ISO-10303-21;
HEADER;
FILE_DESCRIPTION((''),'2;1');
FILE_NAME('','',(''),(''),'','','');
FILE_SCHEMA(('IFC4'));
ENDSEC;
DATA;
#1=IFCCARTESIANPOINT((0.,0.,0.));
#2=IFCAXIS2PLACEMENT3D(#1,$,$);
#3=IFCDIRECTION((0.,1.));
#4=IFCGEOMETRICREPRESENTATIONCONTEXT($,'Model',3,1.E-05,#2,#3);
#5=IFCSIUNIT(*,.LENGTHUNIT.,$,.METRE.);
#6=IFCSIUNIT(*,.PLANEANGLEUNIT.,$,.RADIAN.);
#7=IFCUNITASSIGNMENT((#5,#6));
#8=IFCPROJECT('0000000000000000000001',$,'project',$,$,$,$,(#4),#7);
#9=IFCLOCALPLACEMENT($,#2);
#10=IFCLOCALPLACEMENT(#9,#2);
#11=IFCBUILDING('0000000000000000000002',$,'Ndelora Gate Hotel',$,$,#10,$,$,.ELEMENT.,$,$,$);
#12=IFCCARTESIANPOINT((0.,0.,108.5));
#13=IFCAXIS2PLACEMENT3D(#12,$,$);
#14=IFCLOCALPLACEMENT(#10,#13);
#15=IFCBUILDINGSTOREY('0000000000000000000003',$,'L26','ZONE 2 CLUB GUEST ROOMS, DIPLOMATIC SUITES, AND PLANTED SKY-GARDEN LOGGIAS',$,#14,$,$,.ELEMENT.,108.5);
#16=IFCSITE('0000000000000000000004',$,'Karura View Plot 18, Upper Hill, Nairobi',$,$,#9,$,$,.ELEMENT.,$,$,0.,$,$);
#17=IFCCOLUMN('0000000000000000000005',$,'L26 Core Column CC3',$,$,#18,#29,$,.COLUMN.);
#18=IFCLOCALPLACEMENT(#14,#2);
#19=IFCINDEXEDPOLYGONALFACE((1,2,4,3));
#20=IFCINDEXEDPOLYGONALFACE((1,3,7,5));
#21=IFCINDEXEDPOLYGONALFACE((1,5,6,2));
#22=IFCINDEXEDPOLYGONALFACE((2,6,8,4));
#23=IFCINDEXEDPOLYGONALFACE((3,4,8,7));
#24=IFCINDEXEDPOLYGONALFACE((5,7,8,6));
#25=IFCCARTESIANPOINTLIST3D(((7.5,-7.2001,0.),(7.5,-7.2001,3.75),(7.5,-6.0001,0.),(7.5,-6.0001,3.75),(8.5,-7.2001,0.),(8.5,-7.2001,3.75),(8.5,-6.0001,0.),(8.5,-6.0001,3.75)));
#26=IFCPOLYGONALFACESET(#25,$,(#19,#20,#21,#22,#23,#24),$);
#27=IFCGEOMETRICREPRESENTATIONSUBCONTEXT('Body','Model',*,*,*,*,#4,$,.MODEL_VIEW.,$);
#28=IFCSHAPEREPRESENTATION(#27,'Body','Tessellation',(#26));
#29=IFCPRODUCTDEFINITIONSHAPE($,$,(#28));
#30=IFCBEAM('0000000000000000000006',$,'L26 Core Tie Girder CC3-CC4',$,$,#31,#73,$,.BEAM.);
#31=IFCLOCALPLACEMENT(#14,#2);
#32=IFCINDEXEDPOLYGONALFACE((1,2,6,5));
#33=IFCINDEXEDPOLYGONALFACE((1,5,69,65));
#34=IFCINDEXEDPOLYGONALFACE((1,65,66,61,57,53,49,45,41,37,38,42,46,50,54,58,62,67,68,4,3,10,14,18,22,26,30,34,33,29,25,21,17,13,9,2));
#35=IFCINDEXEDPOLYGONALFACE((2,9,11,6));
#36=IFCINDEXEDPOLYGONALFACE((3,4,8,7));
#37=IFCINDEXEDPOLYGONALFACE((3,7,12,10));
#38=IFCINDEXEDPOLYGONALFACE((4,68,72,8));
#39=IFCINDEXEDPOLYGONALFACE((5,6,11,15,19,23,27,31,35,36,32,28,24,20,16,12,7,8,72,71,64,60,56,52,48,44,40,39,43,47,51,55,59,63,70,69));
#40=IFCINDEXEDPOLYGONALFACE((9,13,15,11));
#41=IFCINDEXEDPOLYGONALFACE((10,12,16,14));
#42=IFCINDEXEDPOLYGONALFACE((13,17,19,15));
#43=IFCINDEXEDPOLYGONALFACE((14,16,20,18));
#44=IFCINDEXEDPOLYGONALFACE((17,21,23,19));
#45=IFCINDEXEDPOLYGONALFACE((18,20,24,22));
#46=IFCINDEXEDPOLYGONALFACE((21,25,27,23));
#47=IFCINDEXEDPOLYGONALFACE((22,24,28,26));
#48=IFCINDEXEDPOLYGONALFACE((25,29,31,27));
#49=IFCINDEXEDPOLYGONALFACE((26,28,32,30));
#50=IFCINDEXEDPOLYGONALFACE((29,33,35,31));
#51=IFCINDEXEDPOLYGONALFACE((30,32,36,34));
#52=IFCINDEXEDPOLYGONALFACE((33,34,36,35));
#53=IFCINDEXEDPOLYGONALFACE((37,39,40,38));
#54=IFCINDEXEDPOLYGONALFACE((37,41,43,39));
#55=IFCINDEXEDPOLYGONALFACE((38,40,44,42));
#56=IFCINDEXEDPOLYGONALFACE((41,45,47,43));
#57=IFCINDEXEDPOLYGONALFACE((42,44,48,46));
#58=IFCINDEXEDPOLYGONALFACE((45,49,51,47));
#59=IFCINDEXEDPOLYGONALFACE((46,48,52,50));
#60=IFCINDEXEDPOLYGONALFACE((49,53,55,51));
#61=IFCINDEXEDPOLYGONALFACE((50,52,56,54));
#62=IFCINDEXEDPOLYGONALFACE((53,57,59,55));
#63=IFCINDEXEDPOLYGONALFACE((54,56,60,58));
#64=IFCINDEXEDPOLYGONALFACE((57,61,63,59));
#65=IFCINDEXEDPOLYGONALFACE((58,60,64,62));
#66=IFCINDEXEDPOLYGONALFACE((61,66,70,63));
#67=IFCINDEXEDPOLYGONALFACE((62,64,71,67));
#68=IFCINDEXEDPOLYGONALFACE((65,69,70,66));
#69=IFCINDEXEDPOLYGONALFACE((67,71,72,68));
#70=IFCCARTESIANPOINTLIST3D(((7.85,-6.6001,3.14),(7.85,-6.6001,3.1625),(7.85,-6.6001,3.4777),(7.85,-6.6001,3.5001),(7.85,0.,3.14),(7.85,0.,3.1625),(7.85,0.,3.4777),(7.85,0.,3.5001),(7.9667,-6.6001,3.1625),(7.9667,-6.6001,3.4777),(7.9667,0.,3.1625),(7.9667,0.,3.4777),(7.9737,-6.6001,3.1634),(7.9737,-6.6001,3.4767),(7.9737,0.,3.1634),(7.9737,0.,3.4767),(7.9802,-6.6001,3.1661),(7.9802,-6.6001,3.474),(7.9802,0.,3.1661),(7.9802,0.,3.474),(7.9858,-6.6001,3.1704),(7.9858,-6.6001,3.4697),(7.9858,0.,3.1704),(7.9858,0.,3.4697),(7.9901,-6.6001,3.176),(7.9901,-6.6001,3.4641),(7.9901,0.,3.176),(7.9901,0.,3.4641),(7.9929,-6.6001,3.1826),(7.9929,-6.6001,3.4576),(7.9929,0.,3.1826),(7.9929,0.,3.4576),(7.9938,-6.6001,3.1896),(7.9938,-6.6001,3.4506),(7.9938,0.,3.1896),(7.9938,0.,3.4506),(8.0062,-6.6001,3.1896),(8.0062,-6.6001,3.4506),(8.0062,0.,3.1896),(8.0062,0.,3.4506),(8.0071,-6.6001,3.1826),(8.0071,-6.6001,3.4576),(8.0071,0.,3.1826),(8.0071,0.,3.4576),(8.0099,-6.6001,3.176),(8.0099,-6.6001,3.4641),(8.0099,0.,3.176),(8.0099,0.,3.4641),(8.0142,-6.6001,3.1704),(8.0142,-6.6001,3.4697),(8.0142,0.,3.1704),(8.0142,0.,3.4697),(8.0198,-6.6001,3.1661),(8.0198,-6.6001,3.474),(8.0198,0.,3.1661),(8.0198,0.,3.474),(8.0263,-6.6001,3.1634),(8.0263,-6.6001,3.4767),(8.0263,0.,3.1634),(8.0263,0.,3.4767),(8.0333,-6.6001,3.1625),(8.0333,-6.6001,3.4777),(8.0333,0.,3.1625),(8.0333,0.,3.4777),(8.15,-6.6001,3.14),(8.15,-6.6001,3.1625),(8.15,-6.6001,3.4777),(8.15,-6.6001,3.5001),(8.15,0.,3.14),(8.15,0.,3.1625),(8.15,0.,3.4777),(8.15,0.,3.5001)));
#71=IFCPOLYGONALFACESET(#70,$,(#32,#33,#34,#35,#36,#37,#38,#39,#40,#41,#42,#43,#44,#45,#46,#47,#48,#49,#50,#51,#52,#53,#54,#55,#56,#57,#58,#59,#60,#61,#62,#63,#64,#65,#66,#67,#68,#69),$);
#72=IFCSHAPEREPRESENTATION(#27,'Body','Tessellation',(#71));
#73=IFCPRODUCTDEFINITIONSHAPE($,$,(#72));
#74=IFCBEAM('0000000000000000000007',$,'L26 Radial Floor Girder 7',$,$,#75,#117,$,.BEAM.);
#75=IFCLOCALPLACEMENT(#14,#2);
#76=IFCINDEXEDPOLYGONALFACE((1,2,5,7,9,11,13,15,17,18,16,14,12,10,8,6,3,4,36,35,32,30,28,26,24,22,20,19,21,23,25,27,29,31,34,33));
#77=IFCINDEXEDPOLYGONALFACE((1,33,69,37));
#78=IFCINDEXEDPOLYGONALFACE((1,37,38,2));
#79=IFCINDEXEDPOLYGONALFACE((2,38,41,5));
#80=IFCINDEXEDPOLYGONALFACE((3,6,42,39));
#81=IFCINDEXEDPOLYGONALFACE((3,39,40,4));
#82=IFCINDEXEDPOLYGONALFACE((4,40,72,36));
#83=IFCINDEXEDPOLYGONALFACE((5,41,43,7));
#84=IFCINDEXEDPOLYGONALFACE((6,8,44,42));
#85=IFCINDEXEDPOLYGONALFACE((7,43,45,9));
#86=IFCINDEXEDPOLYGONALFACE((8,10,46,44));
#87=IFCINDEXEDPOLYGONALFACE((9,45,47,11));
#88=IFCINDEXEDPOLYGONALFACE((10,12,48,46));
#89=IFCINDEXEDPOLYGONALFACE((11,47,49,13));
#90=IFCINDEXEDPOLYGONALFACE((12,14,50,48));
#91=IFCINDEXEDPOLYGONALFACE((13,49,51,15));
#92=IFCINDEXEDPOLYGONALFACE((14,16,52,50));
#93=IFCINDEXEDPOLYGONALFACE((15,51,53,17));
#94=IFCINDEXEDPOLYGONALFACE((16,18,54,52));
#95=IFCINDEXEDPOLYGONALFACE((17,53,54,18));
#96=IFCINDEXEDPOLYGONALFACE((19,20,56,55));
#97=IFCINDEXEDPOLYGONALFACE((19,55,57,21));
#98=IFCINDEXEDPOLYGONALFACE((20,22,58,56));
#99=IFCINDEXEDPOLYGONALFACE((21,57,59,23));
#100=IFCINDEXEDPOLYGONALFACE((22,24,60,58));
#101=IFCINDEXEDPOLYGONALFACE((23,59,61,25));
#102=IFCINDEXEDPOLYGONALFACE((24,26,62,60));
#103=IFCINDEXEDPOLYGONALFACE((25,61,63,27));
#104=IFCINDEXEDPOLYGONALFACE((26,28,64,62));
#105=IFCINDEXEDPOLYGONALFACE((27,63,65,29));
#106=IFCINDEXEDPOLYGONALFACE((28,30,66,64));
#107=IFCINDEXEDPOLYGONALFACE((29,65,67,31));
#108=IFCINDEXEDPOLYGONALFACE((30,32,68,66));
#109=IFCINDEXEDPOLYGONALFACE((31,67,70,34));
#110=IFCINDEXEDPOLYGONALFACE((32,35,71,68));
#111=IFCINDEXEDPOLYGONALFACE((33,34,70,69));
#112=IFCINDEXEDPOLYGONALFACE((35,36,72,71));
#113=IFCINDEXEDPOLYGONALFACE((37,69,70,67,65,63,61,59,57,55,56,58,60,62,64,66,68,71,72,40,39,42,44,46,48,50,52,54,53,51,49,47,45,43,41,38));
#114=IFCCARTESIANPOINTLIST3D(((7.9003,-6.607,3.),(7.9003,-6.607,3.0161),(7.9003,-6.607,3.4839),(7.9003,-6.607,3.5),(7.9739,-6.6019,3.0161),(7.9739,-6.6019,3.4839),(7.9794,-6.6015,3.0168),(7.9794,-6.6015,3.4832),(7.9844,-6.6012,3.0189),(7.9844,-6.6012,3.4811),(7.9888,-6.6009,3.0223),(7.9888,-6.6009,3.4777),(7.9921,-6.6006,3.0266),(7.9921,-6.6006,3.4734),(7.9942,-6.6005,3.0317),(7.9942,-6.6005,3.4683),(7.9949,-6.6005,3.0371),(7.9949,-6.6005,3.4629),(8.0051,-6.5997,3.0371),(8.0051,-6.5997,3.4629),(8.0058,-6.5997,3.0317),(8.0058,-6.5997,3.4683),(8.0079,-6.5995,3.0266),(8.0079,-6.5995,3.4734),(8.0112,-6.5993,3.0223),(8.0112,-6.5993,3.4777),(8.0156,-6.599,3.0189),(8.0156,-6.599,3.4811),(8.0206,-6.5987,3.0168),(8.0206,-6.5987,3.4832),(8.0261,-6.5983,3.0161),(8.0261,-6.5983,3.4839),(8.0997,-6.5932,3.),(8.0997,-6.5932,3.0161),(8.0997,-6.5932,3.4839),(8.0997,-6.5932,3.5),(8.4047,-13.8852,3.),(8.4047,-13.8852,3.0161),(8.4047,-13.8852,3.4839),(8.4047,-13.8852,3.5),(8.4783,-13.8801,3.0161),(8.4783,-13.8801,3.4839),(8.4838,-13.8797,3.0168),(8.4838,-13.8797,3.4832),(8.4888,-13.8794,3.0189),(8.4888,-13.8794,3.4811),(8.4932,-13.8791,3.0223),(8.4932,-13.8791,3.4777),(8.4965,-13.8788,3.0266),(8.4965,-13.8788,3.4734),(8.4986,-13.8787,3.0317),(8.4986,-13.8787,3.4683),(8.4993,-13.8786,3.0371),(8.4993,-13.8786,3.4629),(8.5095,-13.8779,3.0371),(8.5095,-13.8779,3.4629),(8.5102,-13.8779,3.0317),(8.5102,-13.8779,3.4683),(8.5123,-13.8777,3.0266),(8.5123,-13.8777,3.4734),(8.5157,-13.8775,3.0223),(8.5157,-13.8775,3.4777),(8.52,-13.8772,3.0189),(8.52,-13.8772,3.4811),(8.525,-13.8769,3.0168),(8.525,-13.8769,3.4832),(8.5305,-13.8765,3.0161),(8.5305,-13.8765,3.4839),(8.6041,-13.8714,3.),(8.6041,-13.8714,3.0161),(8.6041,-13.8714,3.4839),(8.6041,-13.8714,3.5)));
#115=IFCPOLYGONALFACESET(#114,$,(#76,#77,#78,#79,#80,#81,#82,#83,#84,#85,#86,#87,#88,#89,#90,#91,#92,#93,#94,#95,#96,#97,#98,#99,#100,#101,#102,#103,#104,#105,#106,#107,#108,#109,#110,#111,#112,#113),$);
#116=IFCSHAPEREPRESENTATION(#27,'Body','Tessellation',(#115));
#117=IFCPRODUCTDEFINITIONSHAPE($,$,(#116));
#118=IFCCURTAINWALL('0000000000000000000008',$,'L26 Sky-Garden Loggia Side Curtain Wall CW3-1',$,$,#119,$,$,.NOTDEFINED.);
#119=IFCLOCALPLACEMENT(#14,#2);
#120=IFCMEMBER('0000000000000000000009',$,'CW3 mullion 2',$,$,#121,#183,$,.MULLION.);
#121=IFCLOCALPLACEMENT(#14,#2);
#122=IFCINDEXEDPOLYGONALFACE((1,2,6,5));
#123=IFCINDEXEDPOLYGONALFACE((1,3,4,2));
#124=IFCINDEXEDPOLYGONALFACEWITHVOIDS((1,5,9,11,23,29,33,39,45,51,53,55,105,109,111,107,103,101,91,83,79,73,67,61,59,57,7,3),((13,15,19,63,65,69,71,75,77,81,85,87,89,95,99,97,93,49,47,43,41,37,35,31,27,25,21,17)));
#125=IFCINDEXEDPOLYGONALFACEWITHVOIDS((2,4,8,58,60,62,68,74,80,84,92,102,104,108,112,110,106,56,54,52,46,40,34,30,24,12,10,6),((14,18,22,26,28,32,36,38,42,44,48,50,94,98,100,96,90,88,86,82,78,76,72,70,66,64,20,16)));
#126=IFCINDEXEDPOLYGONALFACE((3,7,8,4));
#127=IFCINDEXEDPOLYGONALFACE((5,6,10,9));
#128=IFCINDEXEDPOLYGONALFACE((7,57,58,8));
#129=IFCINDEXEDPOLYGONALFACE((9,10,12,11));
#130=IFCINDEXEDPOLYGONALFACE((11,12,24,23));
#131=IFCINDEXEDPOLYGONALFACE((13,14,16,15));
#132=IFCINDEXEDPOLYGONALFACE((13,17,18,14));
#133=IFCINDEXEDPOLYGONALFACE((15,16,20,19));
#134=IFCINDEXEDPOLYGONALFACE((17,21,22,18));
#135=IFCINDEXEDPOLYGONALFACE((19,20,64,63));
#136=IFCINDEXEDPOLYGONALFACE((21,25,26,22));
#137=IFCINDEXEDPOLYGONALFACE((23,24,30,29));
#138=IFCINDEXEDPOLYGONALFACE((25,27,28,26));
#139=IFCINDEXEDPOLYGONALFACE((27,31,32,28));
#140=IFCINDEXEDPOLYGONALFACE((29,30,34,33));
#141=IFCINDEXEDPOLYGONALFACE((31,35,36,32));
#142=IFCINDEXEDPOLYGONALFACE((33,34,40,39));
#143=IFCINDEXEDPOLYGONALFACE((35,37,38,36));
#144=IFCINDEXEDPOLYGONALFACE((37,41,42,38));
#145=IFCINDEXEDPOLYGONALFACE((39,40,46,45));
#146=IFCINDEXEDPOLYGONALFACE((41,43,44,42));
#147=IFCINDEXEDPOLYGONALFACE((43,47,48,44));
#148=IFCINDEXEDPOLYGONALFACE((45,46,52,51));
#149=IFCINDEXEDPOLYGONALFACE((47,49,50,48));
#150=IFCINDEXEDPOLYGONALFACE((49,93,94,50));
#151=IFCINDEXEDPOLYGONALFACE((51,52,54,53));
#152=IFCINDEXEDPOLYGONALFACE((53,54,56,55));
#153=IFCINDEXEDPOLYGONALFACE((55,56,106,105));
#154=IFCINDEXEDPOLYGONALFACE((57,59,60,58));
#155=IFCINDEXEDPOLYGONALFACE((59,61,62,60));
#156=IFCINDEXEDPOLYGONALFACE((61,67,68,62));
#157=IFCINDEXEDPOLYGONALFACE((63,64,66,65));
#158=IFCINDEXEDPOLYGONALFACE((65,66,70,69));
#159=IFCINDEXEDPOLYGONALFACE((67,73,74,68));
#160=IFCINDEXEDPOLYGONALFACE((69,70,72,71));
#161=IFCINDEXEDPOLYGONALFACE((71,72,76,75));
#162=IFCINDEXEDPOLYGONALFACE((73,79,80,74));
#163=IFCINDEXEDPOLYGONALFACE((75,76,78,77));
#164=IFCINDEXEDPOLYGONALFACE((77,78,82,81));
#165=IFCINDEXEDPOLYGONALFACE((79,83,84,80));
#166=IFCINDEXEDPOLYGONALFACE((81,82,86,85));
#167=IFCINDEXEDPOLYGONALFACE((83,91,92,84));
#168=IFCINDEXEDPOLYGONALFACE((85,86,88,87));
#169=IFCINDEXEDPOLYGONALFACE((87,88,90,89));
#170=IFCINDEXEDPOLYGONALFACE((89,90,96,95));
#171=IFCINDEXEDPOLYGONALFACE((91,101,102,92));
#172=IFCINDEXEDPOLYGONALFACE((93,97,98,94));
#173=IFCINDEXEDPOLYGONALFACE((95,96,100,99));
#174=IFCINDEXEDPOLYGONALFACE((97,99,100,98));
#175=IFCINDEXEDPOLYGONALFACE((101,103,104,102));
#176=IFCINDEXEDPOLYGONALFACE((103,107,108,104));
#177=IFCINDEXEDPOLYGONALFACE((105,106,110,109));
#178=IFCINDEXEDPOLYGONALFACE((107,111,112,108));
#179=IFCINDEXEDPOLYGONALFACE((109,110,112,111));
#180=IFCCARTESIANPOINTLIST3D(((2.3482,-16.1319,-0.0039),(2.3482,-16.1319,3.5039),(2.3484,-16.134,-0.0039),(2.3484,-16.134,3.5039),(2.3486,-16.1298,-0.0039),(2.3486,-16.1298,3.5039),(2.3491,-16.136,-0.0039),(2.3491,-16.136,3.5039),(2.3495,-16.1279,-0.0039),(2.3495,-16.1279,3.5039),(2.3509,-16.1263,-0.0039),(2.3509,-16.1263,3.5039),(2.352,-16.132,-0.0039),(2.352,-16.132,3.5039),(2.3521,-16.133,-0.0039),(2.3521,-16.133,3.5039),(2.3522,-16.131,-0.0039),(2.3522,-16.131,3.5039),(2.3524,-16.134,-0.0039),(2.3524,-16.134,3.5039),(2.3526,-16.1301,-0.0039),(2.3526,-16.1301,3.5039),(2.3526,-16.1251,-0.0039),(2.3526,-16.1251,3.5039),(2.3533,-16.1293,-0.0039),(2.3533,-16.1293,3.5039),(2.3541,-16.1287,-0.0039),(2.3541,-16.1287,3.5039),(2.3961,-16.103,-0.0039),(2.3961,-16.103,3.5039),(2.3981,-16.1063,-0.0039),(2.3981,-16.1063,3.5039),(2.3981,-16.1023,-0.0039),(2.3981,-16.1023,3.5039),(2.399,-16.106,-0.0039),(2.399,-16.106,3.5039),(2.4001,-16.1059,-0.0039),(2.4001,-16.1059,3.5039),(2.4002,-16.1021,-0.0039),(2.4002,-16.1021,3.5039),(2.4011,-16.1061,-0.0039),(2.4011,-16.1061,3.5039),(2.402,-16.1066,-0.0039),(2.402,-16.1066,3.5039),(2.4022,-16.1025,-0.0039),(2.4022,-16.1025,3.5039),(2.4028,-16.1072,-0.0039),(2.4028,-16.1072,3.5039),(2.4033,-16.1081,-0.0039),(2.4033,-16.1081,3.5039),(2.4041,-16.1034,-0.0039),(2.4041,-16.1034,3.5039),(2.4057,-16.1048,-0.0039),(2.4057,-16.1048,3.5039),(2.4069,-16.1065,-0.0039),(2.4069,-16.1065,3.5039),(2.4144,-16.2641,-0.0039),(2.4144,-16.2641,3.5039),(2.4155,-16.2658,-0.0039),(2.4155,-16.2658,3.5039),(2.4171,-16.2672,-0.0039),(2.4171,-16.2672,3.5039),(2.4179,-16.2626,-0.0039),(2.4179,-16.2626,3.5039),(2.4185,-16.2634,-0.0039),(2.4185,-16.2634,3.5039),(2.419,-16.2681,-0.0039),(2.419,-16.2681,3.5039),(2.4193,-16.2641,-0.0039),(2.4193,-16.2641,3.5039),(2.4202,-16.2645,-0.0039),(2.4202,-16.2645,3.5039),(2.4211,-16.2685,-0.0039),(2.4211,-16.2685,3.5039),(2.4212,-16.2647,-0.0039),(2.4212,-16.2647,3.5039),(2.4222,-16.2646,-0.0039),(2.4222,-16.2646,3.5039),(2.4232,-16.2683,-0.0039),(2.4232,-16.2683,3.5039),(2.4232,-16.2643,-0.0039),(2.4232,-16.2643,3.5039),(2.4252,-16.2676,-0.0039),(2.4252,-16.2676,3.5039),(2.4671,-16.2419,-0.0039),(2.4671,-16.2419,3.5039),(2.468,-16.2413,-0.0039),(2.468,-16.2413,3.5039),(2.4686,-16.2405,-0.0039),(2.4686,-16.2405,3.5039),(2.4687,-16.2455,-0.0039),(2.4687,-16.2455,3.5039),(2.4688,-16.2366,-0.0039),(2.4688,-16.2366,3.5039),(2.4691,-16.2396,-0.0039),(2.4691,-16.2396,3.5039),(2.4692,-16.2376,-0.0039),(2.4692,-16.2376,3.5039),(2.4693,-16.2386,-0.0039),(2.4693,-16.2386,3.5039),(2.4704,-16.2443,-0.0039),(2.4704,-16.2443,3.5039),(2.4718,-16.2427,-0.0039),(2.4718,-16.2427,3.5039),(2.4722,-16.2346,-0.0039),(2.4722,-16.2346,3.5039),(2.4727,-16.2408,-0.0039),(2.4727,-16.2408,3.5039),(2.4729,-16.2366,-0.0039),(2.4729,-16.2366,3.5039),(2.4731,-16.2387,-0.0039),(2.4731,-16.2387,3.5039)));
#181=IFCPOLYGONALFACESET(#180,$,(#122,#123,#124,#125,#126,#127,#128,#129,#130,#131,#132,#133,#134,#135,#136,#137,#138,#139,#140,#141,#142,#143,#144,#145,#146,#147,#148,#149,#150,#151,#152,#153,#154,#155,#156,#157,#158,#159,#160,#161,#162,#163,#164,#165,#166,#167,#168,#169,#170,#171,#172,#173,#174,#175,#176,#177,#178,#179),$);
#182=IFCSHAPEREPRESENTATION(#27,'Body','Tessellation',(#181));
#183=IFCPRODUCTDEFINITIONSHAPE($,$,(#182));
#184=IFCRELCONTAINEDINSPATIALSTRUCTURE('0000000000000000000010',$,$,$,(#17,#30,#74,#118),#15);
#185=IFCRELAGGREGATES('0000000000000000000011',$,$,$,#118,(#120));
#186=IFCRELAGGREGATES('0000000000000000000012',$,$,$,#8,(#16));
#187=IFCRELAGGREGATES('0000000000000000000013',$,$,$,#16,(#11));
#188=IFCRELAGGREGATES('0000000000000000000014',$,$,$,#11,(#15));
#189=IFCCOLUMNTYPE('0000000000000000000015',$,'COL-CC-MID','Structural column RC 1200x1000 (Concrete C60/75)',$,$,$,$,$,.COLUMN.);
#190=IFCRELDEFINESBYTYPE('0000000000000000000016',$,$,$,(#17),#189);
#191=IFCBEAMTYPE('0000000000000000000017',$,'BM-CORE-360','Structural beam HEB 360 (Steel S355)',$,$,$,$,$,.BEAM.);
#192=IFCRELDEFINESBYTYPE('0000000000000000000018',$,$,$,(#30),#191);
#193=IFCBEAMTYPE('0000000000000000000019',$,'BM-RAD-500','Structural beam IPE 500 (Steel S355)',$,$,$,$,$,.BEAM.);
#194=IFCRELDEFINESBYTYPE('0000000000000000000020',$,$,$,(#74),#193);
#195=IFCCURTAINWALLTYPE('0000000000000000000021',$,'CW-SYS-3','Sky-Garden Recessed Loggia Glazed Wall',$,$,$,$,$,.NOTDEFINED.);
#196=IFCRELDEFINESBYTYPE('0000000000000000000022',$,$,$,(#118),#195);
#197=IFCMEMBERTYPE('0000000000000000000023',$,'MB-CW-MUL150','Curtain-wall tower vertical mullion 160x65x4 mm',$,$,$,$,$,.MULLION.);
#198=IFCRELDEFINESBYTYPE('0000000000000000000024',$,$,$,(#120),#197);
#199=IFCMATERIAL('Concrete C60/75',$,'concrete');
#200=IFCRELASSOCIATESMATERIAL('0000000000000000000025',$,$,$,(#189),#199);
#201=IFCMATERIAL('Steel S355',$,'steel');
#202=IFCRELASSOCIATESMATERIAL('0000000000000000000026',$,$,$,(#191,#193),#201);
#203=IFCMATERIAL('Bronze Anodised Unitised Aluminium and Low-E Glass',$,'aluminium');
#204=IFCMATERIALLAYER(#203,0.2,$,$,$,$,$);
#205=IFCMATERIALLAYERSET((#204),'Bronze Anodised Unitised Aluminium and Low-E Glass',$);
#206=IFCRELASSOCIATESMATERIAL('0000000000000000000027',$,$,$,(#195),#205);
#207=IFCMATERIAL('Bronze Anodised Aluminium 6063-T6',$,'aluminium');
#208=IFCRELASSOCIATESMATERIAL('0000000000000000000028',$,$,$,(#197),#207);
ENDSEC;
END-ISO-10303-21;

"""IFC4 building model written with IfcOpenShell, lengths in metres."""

from ifc_helpers import new_model, si_unit, direction, frame, origin, origin_2d, place, context, subcontext, project, spatial, rectangle, hollow_rectangle, i_section, extrude, material, layer, layer_set, material_profile, profile_set, type_object, element, aggregate, save


model = new_model("IFC4")

# Units and contexts
model_context = context("Model", 3, precision=1e-05, world=origin(), true_north=direction((0.0, 1.0)))
body_context = subcontext(model_context, "Body", "Model", "MODEL_VIEW")
ifc_project = project(units=[si_unit("LENGTHUNIT", "METRE"), si_unit("PLANEANGLEUNIT", "RADIAN")], contexts=[model_context])

# Site, building, storey
site_placement = place(None, origin())
site = spatial("IfcSite", under=ifc_project, at=site_placement, Name="Karura View Plot 18, Upper Hill, Nairobi", CompositionType="ELEMENT", RefElevation=0.0)
building_placement = place(site_placement, origin())
building = spatial("IfcBuilding", under=site, at=building_placement, Name="Ndelora Gate Hotel", CompositionType="ELEMENT")
storey_placement = place(building_placement, frame((0.0, 0.0, 108.5)))
storey = spatial("IfcBuildingStorey", under=building, at=storey_placement, Name="L26", Description="ZONE 2 CLUB GUEST ROOMS, DIPLOMATIC SUITES, AND PLANTED SKY-GARDEN LOGGIAS", CompositionType="ELEMENT", Elevation=108.5)

# Column
ifc_material_1 = material(Name="Concrete C60/75", Category="concrete")
ifc_material_profile_1 = material_profile(ifc_material_1, rectangle(XDim=1.0, YDim=1.2, at=origin_2d()), Name="RC 1200x1000")
ifc_profile_set_1 = profile_set([ifc_material_profile_1], Name="Concrete C60/75")
column_type = type_object("IfcColumnType", Name="COL-CC-MID", Description="Structural column RC 1200x1000 (Concrete C60/75)", PredefinedType="COLUMN", material=ifc_profile_set_1)
column_placement = place(storey_placement, frame((8.0, -6.6001, 0.0), z_axis=(0.0, 0.0, 1.0), x_axis=(1.0, 0.0, 0.0)))
element("IfcColumn", 1, at=column_placement, inside=storey, type_object=column_type, Name="L26 Core Column CC3", PredefinedType="COLUMN", context=body_context, shape_type="SweptSolid", body=[
    extrude(rectangle(XDim=1.0, YDim=1.2, at=origin_2d()), origin(), (0.0, 0.0, 1.0), 3.75),
])

# Beams
ifc_material_2 = material(Name="Steel S355", Category="steel")
ifc_material_profile_2 = material_profile(ifc_material_2, i_section(OverallWidth=0.3, OverallDepth=0.3601, WebThickness=0.0125, FlangeThickness=0.0225, FilletRadius=0.0271, at=origin_2d()), Name="HEB 360")
ifc_profile_set_2 = profile_set([ifc_material_profile_2], Name="Steel S355")
beam_type_1 = type_object("IfcBeamType", Name="BM-CORE-360", Description="Structural beam HEB 360 (Steel S355)", PredefinedType="BEAM", material=ifc_profile_set_2)
beam_1_placement = place(storey_placement, frame((8.0, -6.6001, 3.3201), z_axis=(0.0, 1.0, 0.0), x_axis=(-1.0, 0.0, 0.0)))
element("IfcBeam", 2, at=beam_1_placement, inside=storey, type_object=beam_type_1, Name="L26 Core Tie Girder CC3-CC4", PredefinedType="BEAM", context=body_context, shape_type="SweptSolid", body=[
    extrude(i_section(OverallWidth=0.3, OverallDepth=0.3601, WebThickness=0.0125, FlangeThickness=0.0225, FilletRadius=0.0271, at=origin_2d()), origin(), (0.0, 0.0, 1.0), 6.6001),
])
ifc_material_profile_3 = material_profile(ifc_material_2, i_section(OverallWidth=0.2, OverallDepth=0.5, WebThickness=0.0103, FlangeThickness=0.0161, FilletRadius=0.021, at=origin_2d()), Name="IPE 500")
ifc_profile_set_3 = profile_set([ifc_material_profile_3], Name="Steel S355")
beam_type_2 = type_object("IfcBeamType", Name="BM-RAD-500", Description="Structural beam IPE 500 (Steel S355)", PredefinedType="BEAM", material=ifc_profile_set_3)
beam_2_placement = place(storey_placement, frame((8.0, -6.6001, 3.25), z_axis=(0.069137, -0.997607, 0.0), x_axis=(0.997607, 0.069137, 0.0)))
element("IfcBeam", 3, at=beam_2_placement, inside=storey, type_object=beam_type_2, Name="L26 Radial Floor Girder 7", PredefinedType="BEAM", context=body_context, shape_type="SweptSolid", body=[
    extrude(i_section(OverallWidth=0.2, OverallDepth=0.5, WebThickness=0.0103, FlangeThickness=0.0161, FilletRadius=0.021, at=origin_2d()), origin(), (0.0, 0.0, 1.0), 7.2957),
])

# Curtain wall, member
ifc_material_3 = material(Name="Bronze Anodised Unitised Aluminium and Low-E Glass", Category="aluminium")
ifc_layer_1 = layer(ifc_material_3, 0.2)
ifc_layer_set_1 = layer_set([ifc_layer_1], Name="Bronze Anodised Unitised Aluminium and Low-E Glass")
curtain_wall_type = type_object("IfcCurtainWallType", Name="CW-SYS-3", Description="Sky-Garden Recessed Loggia Glazed Wall", PredefinedType="NOTDEFINED", material=ifc_layer_set_1)
curtain_wall_placement = place(storey_placement, origin())
curtain_wall = element("IfcCurtainWall", 4, at=curtain_wall_placement, inside=storey, type_object=curtain_wall_type, Name="L26 Sky-Garden Loggia Side Curtain Wall CW3-1", PredefinedType="NOTDEFINED")
ifc_material_4 = material(Name="Bronze Anodised Aluminium 6063-T6", Category="aluminium")
ifc_material_profile_4 = material_profile(ifc_material_4, hollow_rectangle(XDim=0.0649, YDim=0.1599, WallThickness=0.0039, InnerFilletRadius=0.0039, OuterFilletRadius=0.0081, at=origin_2d()), Name="ALU 160x65x4")
ifc_profile_set_4 = profile_set([ifc_material_profile_4], Name="Bronze Anodised Aluminium 6063-T6")
member_type_1 = type_object("IfcMemberType", Name="MB-CW-MUL150", Description="Curtain-wall tower vertical mullion 160x65x4 mm", PredefinedType="MULLION", material=ifc_profile_set_4)
member_1_placement = place(storey_placement, frame((2.4106, -16.1853, -0.0039), z_axis=(0.0, 0.0, 1.0), x_axis=(0.891001, 0.454001, 0.0)))
member_1 = element("IfcMember", 5, at=member_1_placement, type_object=member_type_1, Name="CW3 mullion 2", PredefinedType="MULLION", context=body_context, shape_type="SweptSolid", body=[
    extrude(hollow_rectangle(XDim=0.0649, YDim=0.1599, WallThickness=0.0039, InnerFilletRadius=0.0039, OuterFilletRadius=0.0081, at=origin_2d()), origin(), (0.0, 0.0, 1.0), 3.5078),
])
aggregate(curtain_wall, [member_1])

save(model, "model.ifc")
